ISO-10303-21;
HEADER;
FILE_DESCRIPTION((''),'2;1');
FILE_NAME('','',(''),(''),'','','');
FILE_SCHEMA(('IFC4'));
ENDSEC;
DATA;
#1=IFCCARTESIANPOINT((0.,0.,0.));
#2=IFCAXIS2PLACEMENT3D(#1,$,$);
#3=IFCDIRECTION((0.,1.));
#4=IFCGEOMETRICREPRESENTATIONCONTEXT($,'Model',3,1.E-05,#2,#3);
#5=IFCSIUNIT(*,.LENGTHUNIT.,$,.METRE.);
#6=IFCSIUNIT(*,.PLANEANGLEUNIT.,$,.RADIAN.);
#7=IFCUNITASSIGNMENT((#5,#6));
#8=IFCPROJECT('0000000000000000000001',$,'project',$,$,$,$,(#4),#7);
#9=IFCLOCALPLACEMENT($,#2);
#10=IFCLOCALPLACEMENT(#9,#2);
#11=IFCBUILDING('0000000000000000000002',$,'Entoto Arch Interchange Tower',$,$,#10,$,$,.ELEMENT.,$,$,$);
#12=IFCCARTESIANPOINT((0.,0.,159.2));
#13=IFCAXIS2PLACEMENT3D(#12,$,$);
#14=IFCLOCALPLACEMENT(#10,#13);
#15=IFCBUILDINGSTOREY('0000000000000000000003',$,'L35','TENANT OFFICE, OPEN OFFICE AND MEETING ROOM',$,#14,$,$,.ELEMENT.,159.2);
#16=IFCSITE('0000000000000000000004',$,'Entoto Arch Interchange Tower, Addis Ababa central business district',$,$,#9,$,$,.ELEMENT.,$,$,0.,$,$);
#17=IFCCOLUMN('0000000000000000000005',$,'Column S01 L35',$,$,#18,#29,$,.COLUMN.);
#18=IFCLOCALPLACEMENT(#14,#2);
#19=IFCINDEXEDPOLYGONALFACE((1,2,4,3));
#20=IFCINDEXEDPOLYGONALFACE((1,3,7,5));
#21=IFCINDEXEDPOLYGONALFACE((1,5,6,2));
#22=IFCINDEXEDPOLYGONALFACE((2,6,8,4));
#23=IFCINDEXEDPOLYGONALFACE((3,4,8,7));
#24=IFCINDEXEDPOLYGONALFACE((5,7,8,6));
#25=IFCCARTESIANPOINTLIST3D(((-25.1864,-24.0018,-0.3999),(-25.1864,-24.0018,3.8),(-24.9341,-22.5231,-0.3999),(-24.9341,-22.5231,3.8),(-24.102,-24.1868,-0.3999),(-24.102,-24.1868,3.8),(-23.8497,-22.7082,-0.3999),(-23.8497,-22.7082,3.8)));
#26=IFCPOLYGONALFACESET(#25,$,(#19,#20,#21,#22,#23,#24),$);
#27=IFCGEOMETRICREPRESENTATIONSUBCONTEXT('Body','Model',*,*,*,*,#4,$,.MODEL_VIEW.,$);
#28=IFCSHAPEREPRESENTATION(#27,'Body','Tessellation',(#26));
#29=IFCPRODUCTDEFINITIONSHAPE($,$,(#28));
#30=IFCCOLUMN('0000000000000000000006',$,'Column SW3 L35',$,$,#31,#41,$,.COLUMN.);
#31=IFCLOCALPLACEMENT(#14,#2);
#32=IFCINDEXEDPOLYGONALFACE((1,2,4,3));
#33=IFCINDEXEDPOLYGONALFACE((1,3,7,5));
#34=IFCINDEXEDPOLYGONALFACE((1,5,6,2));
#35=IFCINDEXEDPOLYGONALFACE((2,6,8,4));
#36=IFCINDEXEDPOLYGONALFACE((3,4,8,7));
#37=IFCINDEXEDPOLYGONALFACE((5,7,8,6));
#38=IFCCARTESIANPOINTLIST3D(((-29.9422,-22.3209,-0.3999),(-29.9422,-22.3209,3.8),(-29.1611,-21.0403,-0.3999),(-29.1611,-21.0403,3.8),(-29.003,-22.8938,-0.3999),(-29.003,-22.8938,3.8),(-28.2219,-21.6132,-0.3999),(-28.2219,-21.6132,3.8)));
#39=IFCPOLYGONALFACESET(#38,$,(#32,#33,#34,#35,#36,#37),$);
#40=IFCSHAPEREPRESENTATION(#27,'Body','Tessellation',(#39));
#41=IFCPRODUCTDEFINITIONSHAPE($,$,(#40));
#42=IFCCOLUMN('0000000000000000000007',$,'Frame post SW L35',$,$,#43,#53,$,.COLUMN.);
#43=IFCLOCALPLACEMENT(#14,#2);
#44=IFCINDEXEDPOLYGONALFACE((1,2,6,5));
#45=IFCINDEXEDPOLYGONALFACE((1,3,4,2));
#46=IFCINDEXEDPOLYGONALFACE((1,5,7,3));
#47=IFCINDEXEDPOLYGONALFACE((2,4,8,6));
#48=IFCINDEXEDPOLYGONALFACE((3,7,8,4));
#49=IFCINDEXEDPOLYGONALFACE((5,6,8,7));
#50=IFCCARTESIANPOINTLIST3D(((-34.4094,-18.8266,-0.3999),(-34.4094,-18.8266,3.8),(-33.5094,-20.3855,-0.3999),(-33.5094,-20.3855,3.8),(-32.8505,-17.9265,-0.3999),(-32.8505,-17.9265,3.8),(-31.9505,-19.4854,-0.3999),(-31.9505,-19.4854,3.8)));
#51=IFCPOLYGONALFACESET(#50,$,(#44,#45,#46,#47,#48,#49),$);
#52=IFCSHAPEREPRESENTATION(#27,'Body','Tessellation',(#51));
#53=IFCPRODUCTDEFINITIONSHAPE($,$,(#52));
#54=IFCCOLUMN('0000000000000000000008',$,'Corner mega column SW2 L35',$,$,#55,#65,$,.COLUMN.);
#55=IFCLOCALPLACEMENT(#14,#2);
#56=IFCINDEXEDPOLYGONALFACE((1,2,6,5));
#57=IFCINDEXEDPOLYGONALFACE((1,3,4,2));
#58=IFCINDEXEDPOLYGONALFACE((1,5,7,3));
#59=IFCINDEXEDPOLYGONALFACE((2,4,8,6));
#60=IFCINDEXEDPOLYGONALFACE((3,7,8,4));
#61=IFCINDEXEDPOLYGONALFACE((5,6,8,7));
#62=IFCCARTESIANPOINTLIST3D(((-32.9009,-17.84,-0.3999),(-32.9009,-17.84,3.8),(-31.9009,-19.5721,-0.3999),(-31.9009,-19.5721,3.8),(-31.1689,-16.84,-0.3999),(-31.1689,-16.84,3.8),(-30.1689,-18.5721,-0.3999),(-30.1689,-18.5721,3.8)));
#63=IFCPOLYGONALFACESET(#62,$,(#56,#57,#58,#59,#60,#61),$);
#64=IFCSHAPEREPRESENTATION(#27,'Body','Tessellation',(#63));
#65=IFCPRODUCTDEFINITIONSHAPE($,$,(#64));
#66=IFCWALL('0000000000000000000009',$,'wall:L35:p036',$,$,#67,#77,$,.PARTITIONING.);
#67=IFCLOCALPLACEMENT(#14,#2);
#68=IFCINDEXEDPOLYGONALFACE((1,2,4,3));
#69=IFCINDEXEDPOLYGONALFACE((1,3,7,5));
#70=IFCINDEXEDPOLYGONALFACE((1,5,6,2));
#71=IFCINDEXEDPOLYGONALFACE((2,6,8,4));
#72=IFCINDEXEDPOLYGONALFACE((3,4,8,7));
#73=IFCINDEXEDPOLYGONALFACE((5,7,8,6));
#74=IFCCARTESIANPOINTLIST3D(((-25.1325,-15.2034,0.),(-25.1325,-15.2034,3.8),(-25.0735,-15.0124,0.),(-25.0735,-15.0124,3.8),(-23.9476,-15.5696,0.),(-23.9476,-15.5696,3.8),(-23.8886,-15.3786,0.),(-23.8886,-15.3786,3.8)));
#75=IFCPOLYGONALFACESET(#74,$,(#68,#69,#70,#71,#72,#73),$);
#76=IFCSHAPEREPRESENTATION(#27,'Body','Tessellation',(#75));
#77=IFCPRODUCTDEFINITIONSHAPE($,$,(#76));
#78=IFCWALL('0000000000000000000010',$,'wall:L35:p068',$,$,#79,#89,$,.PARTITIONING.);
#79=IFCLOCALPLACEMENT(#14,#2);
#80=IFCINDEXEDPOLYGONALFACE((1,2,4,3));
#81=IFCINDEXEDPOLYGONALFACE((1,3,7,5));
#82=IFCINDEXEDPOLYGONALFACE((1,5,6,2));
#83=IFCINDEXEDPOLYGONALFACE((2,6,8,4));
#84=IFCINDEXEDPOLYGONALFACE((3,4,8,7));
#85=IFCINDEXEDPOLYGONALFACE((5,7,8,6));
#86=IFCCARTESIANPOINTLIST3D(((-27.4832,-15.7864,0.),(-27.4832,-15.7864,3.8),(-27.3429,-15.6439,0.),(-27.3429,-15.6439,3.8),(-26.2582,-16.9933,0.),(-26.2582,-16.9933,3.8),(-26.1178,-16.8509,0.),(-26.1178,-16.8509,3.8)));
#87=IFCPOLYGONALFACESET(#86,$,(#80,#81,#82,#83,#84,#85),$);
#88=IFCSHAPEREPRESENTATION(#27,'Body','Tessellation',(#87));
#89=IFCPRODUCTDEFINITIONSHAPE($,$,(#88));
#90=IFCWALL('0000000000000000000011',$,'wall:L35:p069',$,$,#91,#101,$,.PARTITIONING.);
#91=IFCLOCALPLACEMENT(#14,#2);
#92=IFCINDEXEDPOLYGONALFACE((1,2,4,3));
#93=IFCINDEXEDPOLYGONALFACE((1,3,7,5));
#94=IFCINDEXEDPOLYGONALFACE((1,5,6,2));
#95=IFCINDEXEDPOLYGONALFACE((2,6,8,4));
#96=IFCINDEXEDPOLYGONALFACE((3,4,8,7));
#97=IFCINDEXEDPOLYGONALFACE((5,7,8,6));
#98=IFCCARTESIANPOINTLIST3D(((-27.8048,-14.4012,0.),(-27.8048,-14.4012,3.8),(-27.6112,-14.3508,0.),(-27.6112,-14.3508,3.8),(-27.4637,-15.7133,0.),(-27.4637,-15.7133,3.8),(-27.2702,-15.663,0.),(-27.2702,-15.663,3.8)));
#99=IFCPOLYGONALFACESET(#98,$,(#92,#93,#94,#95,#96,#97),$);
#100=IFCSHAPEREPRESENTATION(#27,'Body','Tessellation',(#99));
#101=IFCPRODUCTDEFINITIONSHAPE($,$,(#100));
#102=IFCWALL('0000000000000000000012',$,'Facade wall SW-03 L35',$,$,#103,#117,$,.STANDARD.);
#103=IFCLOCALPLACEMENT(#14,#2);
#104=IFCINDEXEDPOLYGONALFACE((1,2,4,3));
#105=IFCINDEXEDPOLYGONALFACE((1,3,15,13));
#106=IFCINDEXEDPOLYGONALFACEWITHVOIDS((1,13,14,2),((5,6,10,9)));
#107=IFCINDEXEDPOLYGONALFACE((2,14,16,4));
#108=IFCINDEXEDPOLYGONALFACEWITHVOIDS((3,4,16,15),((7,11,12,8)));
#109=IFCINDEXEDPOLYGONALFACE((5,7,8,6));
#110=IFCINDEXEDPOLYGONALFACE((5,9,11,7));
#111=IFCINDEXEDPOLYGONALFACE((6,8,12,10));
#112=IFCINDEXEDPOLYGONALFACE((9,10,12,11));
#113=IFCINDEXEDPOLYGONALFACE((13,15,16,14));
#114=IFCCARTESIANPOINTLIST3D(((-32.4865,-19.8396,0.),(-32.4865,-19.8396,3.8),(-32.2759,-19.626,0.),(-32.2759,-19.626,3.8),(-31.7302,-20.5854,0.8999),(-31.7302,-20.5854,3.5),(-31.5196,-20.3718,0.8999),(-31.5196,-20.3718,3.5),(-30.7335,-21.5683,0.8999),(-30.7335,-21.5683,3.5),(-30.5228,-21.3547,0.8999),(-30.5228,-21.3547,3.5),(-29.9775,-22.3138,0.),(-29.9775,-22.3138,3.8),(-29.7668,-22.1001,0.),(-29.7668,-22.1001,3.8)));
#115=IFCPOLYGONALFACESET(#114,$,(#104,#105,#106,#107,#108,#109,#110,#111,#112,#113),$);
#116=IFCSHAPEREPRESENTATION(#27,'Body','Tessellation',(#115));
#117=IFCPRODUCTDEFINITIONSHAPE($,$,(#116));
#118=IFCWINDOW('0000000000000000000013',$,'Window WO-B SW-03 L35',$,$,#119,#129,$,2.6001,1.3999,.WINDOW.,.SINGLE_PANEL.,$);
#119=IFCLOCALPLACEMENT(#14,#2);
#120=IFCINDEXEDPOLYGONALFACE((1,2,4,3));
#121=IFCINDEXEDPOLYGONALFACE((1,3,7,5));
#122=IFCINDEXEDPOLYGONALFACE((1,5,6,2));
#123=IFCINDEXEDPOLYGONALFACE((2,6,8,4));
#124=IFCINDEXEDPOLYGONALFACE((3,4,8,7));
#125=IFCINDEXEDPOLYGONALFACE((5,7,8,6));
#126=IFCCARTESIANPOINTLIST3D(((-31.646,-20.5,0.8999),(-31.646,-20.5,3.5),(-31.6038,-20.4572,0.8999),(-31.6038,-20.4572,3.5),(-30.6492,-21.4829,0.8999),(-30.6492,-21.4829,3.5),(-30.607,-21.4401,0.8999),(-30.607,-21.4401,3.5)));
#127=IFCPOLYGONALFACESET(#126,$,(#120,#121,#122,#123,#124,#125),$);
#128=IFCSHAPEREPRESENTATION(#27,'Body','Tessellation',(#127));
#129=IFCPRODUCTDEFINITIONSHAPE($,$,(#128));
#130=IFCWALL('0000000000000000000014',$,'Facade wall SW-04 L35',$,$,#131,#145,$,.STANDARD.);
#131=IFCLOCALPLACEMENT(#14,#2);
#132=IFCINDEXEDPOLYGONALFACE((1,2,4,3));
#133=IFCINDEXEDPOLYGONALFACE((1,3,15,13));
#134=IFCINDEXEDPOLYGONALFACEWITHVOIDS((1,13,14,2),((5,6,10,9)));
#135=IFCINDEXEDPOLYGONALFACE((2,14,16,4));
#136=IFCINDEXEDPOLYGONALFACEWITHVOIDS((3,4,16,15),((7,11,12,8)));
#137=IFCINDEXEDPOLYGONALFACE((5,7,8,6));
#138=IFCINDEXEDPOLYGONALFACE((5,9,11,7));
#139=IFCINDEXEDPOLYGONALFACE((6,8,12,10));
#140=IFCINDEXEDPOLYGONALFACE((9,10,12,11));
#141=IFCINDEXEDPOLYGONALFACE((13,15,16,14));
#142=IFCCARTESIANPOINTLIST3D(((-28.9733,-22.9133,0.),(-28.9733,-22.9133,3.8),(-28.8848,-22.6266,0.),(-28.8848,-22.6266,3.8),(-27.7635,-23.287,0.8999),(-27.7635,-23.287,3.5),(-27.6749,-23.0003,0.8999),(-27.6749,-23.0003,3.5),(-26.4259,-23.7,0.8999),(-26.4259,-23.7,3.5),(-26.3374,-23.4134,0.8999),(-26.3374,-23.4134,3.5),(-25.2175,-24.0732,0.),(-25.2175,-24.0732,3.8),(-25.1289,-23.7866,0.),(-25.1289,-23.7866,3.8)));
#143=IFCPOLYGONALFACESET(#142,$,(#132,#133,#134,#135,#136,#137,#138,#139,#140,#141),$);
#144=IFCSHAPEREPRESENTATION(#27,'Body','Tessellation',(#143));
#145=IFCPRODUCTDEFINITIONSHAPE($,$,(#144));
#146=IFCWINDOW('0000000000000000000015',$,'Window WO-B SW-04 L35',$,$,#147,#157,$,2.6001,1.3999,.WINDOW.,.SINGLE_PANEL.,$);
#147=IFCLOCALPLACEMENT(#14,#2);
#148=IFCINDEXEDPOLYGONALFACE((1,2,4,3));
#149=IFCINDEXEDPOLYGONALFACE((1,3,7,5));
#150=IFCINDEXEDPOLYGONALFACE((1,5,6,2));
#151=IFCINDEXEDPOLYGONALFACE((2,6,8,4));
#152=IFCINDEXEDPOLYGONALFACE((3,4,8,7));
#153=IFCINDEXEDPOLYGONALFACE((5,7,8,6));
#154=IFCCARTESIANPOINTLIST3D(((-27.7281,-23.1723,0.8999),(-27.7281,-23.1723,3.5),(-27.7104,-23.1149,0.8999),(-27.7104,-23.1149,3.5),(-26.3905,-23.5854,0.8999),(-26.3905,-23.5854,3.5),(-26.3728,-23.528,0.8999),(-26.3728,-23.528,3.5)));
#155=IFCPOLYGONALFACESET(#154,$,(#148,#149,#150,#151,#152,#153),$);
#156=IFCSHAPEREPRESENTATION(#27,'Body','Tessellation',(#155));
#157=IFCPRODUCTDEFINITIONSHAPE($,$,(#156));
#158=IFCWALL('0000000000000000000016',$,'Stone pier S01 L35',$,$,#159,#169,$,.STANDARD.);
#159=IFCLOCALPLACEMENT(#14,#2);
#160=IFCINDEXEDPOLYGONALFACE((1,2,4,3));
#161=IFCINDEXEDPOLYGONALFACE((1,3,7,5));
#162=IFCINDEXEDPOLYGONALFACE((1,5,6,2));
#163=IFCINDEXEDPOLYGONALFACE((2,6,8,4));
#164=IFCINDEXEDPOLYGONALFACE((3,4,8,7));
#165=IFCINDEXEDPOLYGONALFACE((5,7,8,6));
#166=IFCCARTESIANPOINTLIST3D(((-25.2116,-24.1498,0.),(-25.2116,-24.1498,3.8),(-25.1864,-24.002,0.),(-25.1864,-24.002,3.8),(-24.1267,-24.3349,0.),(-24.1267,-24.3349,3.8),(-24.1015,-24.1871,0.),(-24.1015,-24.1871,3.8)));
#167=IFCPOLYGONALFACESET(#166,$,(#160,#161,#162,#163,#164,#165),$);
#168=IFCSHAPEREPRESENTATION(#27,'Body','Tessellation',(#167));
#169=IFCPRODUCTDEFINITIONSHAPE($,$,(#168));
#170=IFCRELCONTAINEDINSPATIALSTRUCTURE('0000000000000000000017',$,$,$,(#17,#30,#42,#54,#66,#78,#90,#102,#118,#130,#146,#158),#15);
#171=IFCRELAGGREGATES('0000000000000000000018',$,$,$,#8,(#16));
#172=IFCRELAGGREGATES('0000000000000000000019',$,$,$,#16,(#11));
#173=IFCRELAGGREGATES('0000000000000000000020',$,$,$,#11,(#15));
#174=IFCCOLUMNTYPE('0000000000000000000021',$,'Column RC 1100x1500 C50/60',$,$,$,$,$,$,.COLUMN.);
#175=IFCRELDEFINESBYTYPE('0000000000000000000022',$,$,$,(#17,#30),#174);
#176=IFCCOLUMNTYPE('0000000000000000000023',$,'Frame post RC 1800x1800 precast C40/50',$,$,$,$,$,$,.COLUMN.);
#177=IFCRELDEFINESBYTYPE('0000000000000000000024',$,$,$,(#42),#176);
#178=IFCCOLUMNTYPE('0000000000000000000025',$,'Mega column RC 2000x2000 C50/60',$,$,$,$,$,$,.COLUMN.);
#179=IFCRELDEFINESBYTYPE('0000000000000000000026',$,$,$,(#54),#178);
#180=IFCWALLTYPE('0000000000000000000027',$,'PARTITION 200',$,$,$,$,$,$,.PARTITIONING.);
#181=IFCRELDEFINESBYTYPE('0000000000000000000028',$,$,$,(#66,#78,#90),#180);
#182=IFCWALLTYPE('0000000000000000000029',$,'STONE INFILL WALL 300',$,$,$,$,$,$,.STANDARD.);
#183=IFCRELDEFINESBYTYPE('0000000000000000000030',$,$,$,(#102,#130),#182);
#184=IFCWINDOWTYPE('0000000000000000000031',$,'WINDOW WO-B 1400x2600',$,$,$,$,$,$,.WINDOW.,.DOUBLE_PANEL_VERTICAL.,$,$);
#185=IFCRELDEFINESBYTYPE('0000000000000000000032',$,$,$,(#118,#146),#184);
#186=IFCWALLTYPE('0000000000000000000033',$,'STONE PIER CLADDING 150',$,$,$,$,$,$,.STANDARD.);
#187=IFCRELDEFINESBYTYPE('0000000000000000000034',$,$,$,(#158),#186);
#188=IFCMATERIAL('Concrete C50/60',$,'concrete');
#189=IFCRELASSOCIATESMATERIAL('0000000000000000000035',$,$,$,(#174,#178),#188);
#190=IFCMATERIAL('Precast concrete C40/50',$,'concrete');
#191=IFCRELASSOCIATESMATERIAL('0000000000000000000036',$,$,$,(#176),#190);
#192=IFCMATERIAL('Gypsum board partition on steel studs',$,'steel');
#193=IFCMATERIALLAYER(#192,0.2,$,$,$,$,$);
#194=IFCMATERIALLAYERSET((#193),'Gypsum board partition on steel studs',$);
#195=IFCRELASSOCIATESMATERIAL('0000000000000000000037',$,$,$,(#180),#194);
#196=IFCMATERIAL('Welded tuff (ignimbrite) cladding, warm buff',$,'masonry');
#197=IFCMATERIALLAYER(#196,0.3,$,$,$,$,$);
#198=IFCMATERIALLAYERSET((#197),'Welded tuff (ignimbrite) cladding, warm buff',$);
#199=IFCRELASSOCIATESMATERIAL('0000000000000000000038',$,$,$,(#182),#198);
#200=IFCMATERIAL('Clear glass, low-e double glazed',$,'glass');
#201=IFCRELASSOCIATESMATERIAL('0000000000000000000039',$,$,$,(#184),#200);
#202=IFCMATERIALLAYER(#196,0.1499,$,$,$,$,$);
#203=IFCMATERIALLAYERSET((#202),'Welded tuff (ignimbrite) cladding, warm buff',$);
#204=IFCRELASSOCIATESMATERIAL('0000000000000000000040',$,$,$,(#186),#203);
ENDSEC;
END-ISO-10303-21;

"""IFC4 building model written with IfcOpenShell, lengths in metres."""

from ifc_helpers import new_model, si_unit, direction, frame, frame_2d, origin, origin_2d, place, context, subcontext, project, spatial, rectangle, extrude, material, layer, layer_set, material_profile, profile_set, type_object, element, fill, save


model = new_model("IFC4")

# Units and contexts
model_context = context("Model", 3, precision=1e-05, world=origin(), true_north=direction((0.0, 1.0)))
body_context = subcontext(model_context, "Body", "Model", "MODEL_VIEW")
ifc_project = project(units=[si_unit("LENGTHUNIT", "METRE"), si_unit("PLANEANGLEUNIT", "RADIAN")], contexts=[model_context])

# Site, building, storey
site_placement = place(None, origin())
site = spatial("IfcSite", under=ifc_project, at=site_placement, Name="Entoto Arch Interchange Tower, Addis Ababa central business district", CompositionType="ELEMENT", RefElevation=0.0)
building_placement = place(site_placement, origin())
building = spatial("IfcBuilding", under=site, at=building_placement, Name="Entoto Arch Interchange Tower", CompositionType="ELEMENT")
storey_placement = place(building_placement, frame((0.0, 0.0, 159.2)))
storey = spatial("IfcBuildingStorey", under=building, at=storey_placement, Name="L35", Description="TENANT OFFICE, OPEN OFFICE AND MEETING ROOM", CompositionType="ELEMENT", Elevation=159.2)

# Columns
ifc_material_1 = material(Name="Concrete C50/60", Category="concrete")
ifc_material_profile_1 = material_profile(ifc_material_1, rectangle(XDim=1.1001, YDim=1.5, at=origin_2d()))
ifc_profile_set_1 = profile_set([ifc_material_profile_1], Name="Concrete C50/60")
column_type_1 = type_object("IfcColumnType", Name="Column RC 1100x1500 C50/60", PredefinedType="COLUMN", material=ifc_profile_set_1)
for number, where, z_axis, x_axis, name in (
    (1, (-24.5181, -23.355, -0.3999), (0.0, 0.0, 1.0), (-0.985753, 0.168197, 0.0), "Column S01 L35"),
    (2, (-29.082, -21.967, -0.3999), (0.0, 0.0, 1.0), (-0.853714, 0.520741, 0.0), "Column SW3 L35"),
):
    element("IfcColumn", number, at=place(storey_placement, frame(where, z_axis=z_axis, x_axis=x_axis)), inside=storey, type_object=column_type_1, Name=name, PredefinedType="COLUMN", context=body_context, shape_type="SweptSolid", body=[
        extrude(rectangle(XDim=1.1001, YDim=1.5, at=origin_2d()), origin(), (0.0, 0.0, 1.0), 4.2),
    ])
ifc_material_2 = material(Name="Precast concrete C40/50", Category="concrete")
ifc_material_profile_2 = material_profile(ifc_material_2, rectangle(XDim=1.8, YDim=1.8, at=origin_2d()))
ifc_profile_set_2 = profile_set([ifc_material_profile_2], Name="Precast concrete C40/50")
column_type_2 = type_object("IfcColumnType", Name="Frame post RC 1800x1800 precast C40/50", PredefinedType="COLUMN", material=ifc_profile_set_2)
column_1_placement = place(storey_placement, frame((-33.1799, -19.156, -0.3999), z_axis=(0.0, 0.0, 1.0), x_axis=(0.866025, 0.5, 0.0)))
element("IfcColumn", 3, at=column_1_placement, inside=storey, type_object=column_type_2, Name="Frame post SW L35", PredefinedType="COLUMN", context=body_context, shape_type="SweptSolid", body=[
    extrude(rectangle(XDim=1.8, YDim=1.8, at=origin_2d()), origin(), (0.0, 0.0, 1.0), 4.2),
])
ifc_material_profile_3 = material_profile(ifc_material_1, rectangle(XDim=2.0, YDim=2.0, at=origin_2d()))
ifc_profile_set_3 = profile_set([ifc_material_profile_3], Name="Concrete C50/60")
column_type_3 = type_object("IfcColumnType", Name="Mega column RC 2000x2000 C50/60", PredefinedType="COLUMN", material=ifc_profile_set_3)
column_2_placement = place(storey_placement, frame((-31.5349, -18.2061, -0.3999), z_axis=(0.0, 0.0, 1.0), x_axis=(0.866025, 0.5, 0.0)))
element("IfcColumn", 4, at=column_2_placement, inside=storey, type_object=column_type_3, Name="Corner mega column SW2 L35", PredefinedType="COLUMN", context=body_context, shape_type="SweptSolid", body=[
    extrude(rectangle(XDim=2.0, YDim=2.0, at=origin_2d()), origin(), (0.0, 0.0, 1.0), 4.2),
])

# Walls
ifc_material_3 = material(Name="Gypsum board partition on steel studs", Category="steel")
ifc_layer_1 = layer(ifc_material_3, 0.2)
ifc_layer_set_1 = layer_set([ifc_layer_1], Name="Gypsum board partition on steel studs")
wall_type_1 = type_object("IfcWallType", Name="PARTITION 200", PredefinedType="PARTITIONING", material=ifc_layer_set_1)
wall_1_placement = place(storey_placement, frame((-25.103, -15.1079, 0.0), z_axis=(0.0, 0.0, 1.0), x_axis=(0.955421, -0.295247, 0.0)))
element("IfcWall", 5, at=wall_1_placement, inside=storey, type_object=wall_type_1, Name="wall:L35:p036", PredefinedType="PARTITIONING", context=body_context, shape_type="SweptSolid", body=[
    extrude(rectangle(XDim=1.2402, YDim=0.2, at=frame_2d((0.6201, 0.0))), origin(), (0.0, 0.0, 1.0), 3.8),
])
wall_2_placement = place(storey_placement, frame((-26.188, -16.9221, 0.0), z_axis=(0.0, 0.0, 1.0), x_axis=(-0.71234, 0.701835, 0.0)))
element("IfcWall", 6, at=wall_2_placement, inside=storey, type_object=wall_type_1, Name="wall:L35:p068", PredefinedType="PARTITIONING", context=body_context, shape_type="SweptSolid", body=[
    extrude(rectangle(XDim=1.7197, YDim=0.2, at=frame_2d((0.8599, 0.0))), origin(), (0.0, 0.0, 1.0), 3.8),
])
wall_3_placement = place(storey_placement, frame((-27.3669, -15.688, 0.0), z_axis=(0.0, 0.0, 1.0), x_axis=(-0.251593, 0.967833, 0.0)))
element("IfcWall", 7, at=wall_3_placement, inside=storey, type_object=wall_type_1, Name="wall:L35:p069", PredefinedType="PARTITIONING", context=body_context, shape_type="SweptSolid", body=[
    extrude(rectangle(XDim=1.3557, YDim=0.2, at=frame_2d((0.6777, 0.0))), origin(), (0.0, 0.0, 1.0), 3.8),
])

# Walls, openings, windows
ifc_material_4 = material(Name="Welded tuff (ignimbrite) cladding, warm buff", Category="masonry")
ifc_layer_2 = layer(ifc_material_4, 0.3)
ifc_layer_set_2 = layer_set([ifc_layer_2], Name="Welded tuff (ignimbrite) cladding, warm buff")
wall_type_2 = type_object("IfcWallType", Name="STONE INFILL WALL 300", PredefinedType="STANDARD", material=ifc_layer_set_2)
wall_4_placement = place(storey_placement, frame((-32.3811, -19.7329, 0.0), z_axis=(0.0, 0.0, 1.0), x_axis=(0.712043, -0.702136, 0.0)))
wall_4 = element("IfcWall", 8, at=wall_4_placement, inside=storey, type_object=wall_type_2, Name="Facade wall SW-03 L35", PredefinedType="STANDARD", context=body_context, shape_type="SweptSolid", body=[
    extrude(rectangle(XDim=3.5237, YDim=0.3, at=frame_2d((1.7617, 0.0))), origin(), (0.0, 0.0, 1.0), 3.8),
])
opening_1_placement = place(wall_4_placement, frame((1.062, 0.0, 0.8999)))
opening_1 = element("IfcOpeningElement", 9, at=opening_1_placement, cuts=wall_4, PredefinedType="OPENING", context=body_context, shape_type="SweptSolid", body=[
    extrude(rectangle(XDim=1.3999, YDim=2.6001, at=frame_2d((0.7, 1.3))), frame((0.0, 0.1602, 0.0), z_axis=(0.0, -1.0, 0.0), x_axis=(1.0, 0.0, 0.0)), (0.0, 0.0, 1.0), 0.3201),
])
ifc_material_5 = material(Name="Clear glass, low-e double glazed", Category="glass")
window_type = type_object("IfcWindowType", Name="WINDOW WO-B 1400x2600", PartitioningType="DOUBLE_PANEL_VERTICAL", PredefinedType="WINDOW", material=ifc_material_5)
window_1_placement = place(opening_1_placement, origin())
window_1 = element("IfcWindow", 10, at=window_1_placement, inside=storey, type_object=window_type, Name="Window WO-B SW-03 L35", OverallHeight=2.6001, OverallWidth=1.3999, PartitioningType="SINGLE_PANEL", PredefinedType="WINDOW", context=body_context, shape_type="SweptSolid", body=[
    extrude(rectangle(XDim=1.3999, YDim=2.6001, at=frame_2d((0.7, 1.3))), frame((0.0, 0.03, 0.0), z_axis=(0.0, -1.0, 0.0), x_axis=(1.0, 0.0, 0.0)), (0.0, 0.0, 1.0), 0.0601),
])
fill(opening_1, window_1)
wall_5_placement = place(storey_placement, frame((-28.929, -22.77, 0.0), z_axis=(0.0, 0.0, 1.0), x_axis=(0.955474, -0.295076, 0.0)))
wall_5 = element("IfcWall", 11, at=wall_5_placement, inside=storey, type_object=wall_type_2, Name="Facade wall SW-04 L35", PredefinedType="STANDARD", context=body_context, shape_type="SweptSolid", body=[
    extrude(rectangle(XDim=3.9309, YDim=0.3, at=frame_2d((1.9653, 0.0))), origin(), (0.0, 0.0, 1.0), 3.8),
])
opening_2_placement = place(wall_5_placement, frame((1.2661, 0.0, 0.8999)))
opening_2 = element("IfcOpeningElement", 12, at=opening_2_placement, cuts=wall_5, PredefinedType="OPENING", context=body_context, shape_type="SweptSolid", body=[
    extrude(rectangle(XDim=1.3999, YDim=2.6001, at=frame_2d((0.7, 1.3))), frame((0.0, 0.1602, 0.0), z_axis=(0.0, -1.0, 0.0), x_axis=(1.0, 0.0, 0.0)), (0.0, 0.0, 1.0), 0.3201),
])
window_2_placement = place(opening_2_placement, origin())
window_2 = element("IfcWindow", 13, at=window_2_placement, inside=storey, type_object=window_type, Name="Window WO-B SW-04 L35", OverallHeight=2.6001, OverallWidth=1.3999, PartitioningType="SINGLE_PANEL", PredefinedType="WINDOW", context=body_context, shape_type="SweptSolid", body=[
    extrude(rectangle(XDim=1.3999, YDim=2.6001, at=frame_2d((0.7, 1.3))), frame((0.0, 0.03, 0.0), z_axis=(0.0, -1.0, 0.0), x_axis=(1.0, 0.0, 0.0)), (0.0, 0.0, 1.0), 0.0601),
])
fill(opening_2, window_2)

# Wall
ifc_layer_3 = layer(ifc_material_4, 0.1499)
ifc_layer_set_3 = layer_set([ifc_layer_3], Name="Welded tuff (ignimbrite) cladding, warm buff")
wall_type_3 = type_object("IfcWallType", Name="STONE PIER CLADDING 150", PredefinedType="STANDARD", material=ifc_layer_set_3)
wall_6_placement = place(storey_placement, frame((-25.199, -24.0759, 0.0), z_axis=(0.0, 0.0, 1.0), x_axis=(0.985763, -0.168139, 0.0)))
element("IfcWall", 14, at=wall_6_placement, inside=storey, type_object=wall_type_3, Name="Stone pier S01 L35", PredefinedType="STANDARD", context=body_context, shape_type="SweptSolid", body=[
    extrude(rectangle(XDim=1.1006, YDim=0.1499, at=frame_2d((0.5503, 0.0))), origin(), (0.0, 0.0, 1.0), 3.8),
])

save(model, "model.ifc")
